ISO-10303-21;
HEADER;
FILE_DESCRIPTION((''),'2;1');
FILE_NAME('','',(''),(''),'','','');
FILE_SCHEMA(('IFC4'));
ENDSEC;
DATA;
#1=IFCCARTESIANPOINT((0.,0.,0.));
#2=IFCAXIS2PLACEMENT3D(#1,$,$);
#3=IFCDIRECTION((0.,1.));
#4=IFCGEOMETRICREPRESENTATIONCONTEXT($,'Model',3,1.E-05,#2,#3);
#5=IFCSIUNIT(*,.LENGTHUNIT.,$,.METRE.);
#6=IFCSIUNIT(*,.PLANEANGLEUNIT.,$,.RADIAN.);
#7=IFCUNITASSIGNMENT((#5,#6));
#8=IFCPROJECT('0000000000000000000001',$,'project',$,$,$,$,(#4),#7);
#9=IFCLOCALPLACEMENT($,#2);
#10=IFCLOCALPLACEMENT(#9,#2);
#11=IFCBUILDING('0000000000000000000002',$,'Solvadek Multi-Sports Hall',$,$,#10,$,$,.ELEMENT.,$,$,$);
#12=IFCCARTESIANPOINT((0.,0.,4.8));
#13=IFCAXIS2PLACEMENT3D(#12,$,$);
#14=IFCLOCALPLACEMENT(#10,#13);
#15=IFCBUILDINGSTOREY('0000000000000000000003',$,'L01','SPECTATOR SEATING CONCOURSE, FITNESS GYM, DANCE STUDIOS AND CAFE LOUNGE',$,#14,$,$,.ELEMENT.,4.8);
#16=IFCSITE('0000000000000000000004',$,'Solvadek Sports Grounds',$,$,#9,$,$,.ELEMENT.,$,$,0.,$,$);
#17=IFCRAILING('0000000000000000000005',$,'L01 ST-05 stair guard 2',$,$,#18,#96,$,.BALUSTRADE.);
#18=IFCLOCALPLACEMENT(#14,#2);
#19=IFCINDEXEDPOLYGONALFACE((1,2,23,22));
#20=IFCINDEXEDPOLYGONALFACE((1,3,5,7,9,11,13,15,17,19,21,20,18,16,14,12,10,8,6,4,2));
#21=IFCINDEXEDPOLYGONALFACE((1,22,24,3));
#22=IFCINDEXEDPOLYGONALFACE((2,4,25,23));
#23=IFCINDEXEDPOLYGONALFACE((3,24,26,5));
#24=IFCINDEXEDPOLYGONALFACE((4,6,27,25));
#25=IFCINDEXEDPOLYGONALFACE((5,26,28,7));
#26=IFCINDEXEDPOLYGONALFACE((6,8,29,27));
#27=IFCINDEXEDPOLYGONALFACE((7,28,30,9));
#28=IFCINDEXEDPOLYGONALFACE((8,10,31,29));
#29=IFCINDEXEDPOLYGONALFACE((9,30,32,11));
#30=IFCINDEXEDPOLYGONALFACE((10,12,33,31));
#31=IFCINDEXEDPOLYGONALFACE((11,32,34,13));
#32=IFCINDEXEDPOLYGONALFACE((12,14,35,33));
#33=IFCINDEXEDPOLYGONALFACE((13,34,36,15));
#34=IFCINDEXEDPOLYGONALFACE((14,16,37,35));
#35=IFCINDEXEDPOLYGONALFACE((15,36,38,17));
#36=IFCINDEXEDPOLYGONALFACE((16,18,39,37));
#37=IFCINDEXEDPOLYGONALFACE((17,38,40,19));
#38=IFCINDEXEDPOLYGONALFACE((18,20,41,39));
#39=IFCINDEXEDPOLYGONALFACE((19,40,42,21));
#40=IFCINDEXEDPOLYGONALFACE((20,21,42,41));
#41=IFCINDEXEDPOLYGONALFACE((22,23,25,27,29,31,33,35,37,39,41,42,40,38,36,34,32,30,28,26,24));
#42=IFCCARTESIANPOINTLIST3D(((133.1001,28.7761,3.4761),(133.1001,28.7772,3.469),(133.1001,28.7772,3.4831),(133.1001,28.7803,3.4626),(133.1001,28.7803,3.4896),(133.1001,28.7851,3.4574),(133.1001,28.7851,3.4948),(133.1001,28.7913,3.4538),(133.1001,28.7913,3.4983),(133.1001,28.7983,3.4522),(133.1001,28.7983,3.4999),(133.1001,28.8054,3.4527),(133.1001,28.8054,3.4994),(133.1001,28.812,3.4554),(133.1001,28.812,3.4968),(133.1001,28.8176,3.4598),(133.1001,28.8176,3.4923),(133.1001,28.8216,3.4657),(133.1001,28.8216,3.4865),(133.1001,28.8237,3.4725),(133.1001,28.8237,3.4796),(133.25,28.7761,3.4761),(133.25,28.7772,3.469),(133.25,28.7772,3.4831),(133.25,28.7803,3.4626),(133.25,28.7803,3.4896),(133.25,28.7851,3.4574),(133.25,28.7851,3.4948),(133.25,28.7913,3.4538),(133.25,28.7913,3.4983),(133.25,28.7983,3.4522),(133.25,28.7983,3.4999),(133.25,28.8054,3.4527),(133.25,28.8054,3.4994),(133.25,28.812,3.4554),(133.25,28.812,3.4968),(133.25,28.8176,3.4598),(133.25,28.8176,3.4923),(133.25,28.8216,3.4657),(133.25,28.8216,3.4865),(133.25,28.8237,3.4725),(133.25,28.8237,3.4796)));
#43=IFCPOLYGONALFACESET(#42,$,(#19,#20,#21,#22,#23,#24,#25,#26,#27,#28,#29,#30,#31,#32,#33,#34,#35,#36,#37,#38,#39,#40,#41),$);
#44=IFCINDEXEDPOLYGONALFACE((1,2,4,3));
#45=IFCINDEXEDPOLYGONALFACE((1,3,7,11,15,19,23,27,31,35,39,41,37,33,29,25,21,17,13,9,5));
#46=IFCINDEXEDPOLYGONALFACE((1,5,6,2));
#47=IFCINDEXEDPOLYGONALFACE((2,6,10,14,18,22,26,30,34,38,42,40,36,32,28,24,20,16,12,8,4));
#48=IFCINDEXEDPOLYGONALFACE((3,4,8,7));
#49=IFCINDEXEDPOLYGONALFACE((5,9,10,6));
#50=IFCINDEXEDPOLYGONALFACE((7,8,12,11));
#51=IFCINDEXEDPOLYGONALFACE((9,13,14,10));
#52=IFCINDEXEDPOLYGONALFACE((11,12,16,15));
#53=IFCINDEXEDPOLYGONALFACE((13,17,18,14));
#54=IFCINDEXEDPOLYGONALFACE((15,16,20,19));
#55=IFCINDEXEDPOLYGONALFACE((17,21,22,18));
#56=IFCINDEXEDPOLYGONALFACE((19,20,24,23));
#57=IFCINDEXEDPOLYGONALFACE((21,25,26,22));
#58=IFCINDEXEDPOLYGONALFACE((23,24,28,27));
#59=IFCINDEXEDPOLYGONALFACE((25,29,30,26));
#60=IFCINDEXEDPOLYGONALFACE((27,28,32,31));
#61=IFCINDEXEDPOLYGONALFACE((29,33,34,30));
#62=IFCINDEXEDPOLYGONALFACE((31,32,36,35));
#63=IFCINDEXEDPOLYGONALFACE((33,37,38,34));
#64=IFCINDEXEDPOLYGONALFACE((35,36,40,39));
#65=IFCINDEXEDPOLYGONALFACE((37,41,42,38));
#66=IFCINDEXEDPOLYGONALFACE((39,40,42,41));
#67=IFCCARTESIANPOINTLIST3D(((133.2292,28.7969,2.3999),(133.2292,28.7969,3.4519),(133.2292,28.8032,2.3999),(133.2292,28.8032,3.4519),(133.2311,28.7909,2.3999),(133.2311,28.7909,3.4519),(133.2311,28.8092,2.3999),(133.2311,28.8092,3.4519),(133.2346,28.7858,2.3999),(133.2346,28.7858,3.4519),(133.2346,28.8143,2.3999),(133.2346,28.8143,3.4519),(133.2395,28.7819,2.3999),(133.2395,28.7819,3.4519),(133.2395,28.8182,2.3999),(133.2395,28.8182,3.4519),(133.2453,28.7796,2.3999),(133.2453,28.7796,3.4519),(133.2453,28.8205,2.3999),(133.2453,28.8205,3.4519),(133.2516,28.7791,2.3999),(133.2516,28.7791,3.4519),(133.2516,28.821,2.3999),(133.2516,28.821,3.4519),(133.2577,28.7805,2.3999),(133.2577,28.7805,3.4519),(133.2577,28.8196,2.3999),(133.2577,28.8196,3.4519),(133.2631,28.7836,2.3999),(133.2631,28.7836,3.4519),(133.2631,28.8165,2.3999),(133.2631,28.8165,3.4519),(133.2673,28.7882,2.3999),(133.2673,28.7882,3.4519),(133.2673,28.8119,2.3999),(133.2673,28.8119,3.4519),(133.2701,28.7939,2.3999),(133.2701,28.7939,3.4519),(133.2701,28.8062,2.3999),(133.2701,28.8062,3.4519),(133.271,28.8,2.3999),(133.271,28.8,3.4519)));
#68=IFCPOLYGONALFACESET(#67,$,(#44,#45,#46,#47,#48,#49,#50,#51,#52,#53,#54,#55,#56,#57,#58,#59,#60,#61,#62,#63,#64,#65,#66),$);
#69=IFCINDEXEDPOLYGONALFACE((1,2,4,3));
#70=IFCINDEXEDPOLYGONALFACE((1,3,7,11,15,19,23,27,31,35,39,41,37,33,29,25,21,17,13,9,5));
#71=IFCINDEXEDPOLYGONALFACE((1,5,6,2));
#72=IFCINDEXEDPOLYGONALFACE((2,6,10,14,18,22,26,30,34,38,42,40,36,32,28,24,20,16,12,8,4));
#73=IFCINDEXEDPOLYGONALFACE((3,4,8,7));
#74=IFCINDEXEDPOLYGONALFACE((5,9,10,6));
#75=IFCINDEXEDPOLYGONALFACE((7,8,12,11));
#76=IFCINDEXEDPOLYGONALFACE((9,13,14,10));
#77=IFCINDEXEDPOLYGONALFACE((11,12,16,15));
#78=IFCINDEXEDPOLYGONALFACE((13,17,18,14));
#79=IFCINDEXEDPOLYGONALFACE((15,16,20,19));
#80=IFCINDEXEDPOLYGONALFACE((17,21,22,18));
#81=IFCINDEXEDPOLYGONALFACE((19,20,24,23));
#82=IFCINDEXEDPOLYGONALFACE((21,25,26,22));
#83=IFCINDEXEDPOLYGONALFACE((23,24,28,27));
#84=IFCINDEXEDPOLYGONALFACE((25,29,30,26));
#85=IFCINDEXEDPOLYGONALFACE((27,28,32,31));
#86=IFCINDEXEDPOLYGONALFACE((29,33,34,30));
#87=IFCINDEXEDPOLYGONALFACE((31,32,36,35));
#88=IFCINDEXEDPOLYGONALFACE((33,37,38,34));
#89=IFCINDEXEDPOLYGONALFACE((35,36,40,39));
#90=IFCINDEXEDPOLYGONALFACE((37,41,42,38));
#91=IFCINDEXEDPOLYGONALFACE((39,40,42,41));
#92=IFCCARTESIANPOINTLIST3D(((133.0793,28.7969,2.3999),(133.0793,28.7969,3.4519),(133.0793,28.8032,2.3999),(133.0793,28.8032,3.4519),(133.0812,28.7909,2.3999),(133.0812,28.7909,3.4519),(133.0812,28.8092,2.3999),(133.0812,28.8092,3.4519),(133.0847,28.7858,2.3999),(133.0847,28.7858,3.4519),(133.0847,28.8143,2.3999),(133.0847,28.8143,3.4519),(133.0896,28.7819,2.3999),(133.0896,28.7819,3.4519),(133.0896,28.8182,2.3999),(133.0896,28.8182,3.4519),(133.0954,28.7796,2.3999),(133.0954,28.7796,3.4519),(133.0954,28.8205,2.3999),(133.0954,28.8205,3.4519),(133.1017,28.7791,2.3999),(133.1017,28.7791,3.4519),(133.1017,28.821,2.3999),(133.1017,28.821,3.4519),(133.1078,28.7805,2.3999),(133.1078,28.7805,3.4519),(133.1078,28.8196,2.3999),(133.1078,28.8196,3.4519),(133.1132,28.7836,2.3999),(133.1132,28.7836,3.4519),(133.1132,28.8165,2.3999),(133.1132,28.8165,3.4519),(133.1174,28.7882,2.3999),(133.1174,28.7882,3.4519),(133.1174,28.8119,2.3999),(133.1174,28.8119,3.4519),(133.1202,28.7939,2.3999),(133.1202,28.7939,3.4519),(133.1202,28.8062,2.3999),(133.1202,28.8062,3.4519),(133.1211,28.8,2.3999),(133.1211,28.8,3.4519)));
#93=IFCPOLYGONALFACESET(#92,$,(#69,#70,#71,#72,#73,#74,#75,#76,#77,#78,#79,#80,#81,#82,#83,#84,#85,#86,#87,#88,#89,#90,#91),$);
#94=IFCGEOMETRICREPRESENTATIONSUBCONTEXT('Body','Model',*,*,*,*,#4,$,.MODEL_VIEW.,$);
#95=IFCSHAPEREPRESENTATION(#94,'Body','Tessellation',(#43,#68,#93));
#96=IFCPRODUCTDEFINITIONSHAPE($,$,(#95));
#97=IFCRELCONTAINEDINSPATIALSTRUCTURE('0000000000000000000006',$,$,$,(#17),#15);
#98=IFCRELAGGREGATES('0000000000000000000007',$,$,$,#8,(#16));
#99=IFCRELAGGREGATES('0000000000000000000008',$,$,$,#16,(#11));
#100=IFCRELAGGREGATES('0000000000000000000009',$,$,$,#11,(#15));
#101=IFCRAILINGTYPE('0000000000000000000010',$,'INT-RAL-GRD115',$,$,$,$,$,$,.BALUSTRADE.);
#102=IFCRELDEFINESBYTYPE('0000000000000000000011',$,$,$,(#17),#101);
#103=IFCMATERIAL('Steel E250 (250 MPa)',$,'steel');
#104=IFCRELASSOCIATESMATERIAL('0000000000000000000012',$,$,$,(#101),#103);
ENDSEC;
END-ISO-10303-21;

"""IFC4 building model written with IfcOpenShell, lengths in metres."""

from ifc_helpers import new_model, si_unit, direction, frame, origin, origin_2d, place, context, subcontext, project, spatial, circle, extrude, material, type_object, element, save


model = new_model("IFC4")

# Units and contexts
model_context = context("Model", 3, precision=1e-05, world=origin(), true_north=direction((0.0, 1.0)))
body_context = subcontext(model_context, "Body", "Model", "MODEL_VIEW")
ifc_project = project(units=[si_unit("LENGTHUNIT", "METRE"), si_unit("PLANEANGLEUNIT", "RADIAN")], contexts=[model_context])

# Site, building, storey
site_placement = place(None, origin())
site = spatial("IfcSite", under=ifc_project, at=site_placement, Name="Solvadek Sports Grounds", CompositionType="ELEMENT", RefElevation=0.0)
building_placement = place(site_placement, origin())
building = spatial("IfcBuilding", under=site, at=building_placement, Name="Solvadek Multi-Sports Hall", CompositionType="ELEMENT")
storey_placement = place(building_placement, frame((0.0, 0.0, 4.8)))
storey = spatial("IfcBuildingStorey", under=building, at=storey_placement, Name="L01", Description="SPECTATOR SEATING CONCOURSE, FITNESS GYM, DANCE STUDIOS AND CAFE LOUNGE", CompositionType="ELEMENT", Elevation=4.8)

# Shared definitions
ifc_material_1 = material(Name="Steel E250 (250 MPa)", Category="steel")

# Railing
railing_type_1 = type_object("IfcRailingType", Name="INT-RAL-GRD115", PredefinedType="BALUSTRADE", material=ifc_material_1)
railing_1_placement = place(storey_placement, frame((133.25, 28.8, 2.3999)))
element("IfcRailing", 1, at=railing_1_placement, inside=storey, type_object=railing_type_1, Name="L01 ST-05 stair guard 2", PredefinedType="BALUSTRADE", context=body_context, shape_type="SweptSolid", body=[
    extrude(circle(Radius=0.0239, at=origin_2d()), frame((0.0, 0.0, 1.0762), z_axis=(-1.0, 0.0, 0.0), x_axis=(0.0, -1.0, 0.0)), (0.0, 0.0, 1.0), 0.1499),
    extrude(circle(Radius=0.021, at=origin_2d()), origin(), (0.0, 0.0, 1.0), 1.052),
    extrude(circle(Radius=0.021, at=origin_2d()), frame((-0.1499, 0.0, 0.0)), (0.0, 0.0, 1.0), 1.052),
])

save(model, "model.ifc")
